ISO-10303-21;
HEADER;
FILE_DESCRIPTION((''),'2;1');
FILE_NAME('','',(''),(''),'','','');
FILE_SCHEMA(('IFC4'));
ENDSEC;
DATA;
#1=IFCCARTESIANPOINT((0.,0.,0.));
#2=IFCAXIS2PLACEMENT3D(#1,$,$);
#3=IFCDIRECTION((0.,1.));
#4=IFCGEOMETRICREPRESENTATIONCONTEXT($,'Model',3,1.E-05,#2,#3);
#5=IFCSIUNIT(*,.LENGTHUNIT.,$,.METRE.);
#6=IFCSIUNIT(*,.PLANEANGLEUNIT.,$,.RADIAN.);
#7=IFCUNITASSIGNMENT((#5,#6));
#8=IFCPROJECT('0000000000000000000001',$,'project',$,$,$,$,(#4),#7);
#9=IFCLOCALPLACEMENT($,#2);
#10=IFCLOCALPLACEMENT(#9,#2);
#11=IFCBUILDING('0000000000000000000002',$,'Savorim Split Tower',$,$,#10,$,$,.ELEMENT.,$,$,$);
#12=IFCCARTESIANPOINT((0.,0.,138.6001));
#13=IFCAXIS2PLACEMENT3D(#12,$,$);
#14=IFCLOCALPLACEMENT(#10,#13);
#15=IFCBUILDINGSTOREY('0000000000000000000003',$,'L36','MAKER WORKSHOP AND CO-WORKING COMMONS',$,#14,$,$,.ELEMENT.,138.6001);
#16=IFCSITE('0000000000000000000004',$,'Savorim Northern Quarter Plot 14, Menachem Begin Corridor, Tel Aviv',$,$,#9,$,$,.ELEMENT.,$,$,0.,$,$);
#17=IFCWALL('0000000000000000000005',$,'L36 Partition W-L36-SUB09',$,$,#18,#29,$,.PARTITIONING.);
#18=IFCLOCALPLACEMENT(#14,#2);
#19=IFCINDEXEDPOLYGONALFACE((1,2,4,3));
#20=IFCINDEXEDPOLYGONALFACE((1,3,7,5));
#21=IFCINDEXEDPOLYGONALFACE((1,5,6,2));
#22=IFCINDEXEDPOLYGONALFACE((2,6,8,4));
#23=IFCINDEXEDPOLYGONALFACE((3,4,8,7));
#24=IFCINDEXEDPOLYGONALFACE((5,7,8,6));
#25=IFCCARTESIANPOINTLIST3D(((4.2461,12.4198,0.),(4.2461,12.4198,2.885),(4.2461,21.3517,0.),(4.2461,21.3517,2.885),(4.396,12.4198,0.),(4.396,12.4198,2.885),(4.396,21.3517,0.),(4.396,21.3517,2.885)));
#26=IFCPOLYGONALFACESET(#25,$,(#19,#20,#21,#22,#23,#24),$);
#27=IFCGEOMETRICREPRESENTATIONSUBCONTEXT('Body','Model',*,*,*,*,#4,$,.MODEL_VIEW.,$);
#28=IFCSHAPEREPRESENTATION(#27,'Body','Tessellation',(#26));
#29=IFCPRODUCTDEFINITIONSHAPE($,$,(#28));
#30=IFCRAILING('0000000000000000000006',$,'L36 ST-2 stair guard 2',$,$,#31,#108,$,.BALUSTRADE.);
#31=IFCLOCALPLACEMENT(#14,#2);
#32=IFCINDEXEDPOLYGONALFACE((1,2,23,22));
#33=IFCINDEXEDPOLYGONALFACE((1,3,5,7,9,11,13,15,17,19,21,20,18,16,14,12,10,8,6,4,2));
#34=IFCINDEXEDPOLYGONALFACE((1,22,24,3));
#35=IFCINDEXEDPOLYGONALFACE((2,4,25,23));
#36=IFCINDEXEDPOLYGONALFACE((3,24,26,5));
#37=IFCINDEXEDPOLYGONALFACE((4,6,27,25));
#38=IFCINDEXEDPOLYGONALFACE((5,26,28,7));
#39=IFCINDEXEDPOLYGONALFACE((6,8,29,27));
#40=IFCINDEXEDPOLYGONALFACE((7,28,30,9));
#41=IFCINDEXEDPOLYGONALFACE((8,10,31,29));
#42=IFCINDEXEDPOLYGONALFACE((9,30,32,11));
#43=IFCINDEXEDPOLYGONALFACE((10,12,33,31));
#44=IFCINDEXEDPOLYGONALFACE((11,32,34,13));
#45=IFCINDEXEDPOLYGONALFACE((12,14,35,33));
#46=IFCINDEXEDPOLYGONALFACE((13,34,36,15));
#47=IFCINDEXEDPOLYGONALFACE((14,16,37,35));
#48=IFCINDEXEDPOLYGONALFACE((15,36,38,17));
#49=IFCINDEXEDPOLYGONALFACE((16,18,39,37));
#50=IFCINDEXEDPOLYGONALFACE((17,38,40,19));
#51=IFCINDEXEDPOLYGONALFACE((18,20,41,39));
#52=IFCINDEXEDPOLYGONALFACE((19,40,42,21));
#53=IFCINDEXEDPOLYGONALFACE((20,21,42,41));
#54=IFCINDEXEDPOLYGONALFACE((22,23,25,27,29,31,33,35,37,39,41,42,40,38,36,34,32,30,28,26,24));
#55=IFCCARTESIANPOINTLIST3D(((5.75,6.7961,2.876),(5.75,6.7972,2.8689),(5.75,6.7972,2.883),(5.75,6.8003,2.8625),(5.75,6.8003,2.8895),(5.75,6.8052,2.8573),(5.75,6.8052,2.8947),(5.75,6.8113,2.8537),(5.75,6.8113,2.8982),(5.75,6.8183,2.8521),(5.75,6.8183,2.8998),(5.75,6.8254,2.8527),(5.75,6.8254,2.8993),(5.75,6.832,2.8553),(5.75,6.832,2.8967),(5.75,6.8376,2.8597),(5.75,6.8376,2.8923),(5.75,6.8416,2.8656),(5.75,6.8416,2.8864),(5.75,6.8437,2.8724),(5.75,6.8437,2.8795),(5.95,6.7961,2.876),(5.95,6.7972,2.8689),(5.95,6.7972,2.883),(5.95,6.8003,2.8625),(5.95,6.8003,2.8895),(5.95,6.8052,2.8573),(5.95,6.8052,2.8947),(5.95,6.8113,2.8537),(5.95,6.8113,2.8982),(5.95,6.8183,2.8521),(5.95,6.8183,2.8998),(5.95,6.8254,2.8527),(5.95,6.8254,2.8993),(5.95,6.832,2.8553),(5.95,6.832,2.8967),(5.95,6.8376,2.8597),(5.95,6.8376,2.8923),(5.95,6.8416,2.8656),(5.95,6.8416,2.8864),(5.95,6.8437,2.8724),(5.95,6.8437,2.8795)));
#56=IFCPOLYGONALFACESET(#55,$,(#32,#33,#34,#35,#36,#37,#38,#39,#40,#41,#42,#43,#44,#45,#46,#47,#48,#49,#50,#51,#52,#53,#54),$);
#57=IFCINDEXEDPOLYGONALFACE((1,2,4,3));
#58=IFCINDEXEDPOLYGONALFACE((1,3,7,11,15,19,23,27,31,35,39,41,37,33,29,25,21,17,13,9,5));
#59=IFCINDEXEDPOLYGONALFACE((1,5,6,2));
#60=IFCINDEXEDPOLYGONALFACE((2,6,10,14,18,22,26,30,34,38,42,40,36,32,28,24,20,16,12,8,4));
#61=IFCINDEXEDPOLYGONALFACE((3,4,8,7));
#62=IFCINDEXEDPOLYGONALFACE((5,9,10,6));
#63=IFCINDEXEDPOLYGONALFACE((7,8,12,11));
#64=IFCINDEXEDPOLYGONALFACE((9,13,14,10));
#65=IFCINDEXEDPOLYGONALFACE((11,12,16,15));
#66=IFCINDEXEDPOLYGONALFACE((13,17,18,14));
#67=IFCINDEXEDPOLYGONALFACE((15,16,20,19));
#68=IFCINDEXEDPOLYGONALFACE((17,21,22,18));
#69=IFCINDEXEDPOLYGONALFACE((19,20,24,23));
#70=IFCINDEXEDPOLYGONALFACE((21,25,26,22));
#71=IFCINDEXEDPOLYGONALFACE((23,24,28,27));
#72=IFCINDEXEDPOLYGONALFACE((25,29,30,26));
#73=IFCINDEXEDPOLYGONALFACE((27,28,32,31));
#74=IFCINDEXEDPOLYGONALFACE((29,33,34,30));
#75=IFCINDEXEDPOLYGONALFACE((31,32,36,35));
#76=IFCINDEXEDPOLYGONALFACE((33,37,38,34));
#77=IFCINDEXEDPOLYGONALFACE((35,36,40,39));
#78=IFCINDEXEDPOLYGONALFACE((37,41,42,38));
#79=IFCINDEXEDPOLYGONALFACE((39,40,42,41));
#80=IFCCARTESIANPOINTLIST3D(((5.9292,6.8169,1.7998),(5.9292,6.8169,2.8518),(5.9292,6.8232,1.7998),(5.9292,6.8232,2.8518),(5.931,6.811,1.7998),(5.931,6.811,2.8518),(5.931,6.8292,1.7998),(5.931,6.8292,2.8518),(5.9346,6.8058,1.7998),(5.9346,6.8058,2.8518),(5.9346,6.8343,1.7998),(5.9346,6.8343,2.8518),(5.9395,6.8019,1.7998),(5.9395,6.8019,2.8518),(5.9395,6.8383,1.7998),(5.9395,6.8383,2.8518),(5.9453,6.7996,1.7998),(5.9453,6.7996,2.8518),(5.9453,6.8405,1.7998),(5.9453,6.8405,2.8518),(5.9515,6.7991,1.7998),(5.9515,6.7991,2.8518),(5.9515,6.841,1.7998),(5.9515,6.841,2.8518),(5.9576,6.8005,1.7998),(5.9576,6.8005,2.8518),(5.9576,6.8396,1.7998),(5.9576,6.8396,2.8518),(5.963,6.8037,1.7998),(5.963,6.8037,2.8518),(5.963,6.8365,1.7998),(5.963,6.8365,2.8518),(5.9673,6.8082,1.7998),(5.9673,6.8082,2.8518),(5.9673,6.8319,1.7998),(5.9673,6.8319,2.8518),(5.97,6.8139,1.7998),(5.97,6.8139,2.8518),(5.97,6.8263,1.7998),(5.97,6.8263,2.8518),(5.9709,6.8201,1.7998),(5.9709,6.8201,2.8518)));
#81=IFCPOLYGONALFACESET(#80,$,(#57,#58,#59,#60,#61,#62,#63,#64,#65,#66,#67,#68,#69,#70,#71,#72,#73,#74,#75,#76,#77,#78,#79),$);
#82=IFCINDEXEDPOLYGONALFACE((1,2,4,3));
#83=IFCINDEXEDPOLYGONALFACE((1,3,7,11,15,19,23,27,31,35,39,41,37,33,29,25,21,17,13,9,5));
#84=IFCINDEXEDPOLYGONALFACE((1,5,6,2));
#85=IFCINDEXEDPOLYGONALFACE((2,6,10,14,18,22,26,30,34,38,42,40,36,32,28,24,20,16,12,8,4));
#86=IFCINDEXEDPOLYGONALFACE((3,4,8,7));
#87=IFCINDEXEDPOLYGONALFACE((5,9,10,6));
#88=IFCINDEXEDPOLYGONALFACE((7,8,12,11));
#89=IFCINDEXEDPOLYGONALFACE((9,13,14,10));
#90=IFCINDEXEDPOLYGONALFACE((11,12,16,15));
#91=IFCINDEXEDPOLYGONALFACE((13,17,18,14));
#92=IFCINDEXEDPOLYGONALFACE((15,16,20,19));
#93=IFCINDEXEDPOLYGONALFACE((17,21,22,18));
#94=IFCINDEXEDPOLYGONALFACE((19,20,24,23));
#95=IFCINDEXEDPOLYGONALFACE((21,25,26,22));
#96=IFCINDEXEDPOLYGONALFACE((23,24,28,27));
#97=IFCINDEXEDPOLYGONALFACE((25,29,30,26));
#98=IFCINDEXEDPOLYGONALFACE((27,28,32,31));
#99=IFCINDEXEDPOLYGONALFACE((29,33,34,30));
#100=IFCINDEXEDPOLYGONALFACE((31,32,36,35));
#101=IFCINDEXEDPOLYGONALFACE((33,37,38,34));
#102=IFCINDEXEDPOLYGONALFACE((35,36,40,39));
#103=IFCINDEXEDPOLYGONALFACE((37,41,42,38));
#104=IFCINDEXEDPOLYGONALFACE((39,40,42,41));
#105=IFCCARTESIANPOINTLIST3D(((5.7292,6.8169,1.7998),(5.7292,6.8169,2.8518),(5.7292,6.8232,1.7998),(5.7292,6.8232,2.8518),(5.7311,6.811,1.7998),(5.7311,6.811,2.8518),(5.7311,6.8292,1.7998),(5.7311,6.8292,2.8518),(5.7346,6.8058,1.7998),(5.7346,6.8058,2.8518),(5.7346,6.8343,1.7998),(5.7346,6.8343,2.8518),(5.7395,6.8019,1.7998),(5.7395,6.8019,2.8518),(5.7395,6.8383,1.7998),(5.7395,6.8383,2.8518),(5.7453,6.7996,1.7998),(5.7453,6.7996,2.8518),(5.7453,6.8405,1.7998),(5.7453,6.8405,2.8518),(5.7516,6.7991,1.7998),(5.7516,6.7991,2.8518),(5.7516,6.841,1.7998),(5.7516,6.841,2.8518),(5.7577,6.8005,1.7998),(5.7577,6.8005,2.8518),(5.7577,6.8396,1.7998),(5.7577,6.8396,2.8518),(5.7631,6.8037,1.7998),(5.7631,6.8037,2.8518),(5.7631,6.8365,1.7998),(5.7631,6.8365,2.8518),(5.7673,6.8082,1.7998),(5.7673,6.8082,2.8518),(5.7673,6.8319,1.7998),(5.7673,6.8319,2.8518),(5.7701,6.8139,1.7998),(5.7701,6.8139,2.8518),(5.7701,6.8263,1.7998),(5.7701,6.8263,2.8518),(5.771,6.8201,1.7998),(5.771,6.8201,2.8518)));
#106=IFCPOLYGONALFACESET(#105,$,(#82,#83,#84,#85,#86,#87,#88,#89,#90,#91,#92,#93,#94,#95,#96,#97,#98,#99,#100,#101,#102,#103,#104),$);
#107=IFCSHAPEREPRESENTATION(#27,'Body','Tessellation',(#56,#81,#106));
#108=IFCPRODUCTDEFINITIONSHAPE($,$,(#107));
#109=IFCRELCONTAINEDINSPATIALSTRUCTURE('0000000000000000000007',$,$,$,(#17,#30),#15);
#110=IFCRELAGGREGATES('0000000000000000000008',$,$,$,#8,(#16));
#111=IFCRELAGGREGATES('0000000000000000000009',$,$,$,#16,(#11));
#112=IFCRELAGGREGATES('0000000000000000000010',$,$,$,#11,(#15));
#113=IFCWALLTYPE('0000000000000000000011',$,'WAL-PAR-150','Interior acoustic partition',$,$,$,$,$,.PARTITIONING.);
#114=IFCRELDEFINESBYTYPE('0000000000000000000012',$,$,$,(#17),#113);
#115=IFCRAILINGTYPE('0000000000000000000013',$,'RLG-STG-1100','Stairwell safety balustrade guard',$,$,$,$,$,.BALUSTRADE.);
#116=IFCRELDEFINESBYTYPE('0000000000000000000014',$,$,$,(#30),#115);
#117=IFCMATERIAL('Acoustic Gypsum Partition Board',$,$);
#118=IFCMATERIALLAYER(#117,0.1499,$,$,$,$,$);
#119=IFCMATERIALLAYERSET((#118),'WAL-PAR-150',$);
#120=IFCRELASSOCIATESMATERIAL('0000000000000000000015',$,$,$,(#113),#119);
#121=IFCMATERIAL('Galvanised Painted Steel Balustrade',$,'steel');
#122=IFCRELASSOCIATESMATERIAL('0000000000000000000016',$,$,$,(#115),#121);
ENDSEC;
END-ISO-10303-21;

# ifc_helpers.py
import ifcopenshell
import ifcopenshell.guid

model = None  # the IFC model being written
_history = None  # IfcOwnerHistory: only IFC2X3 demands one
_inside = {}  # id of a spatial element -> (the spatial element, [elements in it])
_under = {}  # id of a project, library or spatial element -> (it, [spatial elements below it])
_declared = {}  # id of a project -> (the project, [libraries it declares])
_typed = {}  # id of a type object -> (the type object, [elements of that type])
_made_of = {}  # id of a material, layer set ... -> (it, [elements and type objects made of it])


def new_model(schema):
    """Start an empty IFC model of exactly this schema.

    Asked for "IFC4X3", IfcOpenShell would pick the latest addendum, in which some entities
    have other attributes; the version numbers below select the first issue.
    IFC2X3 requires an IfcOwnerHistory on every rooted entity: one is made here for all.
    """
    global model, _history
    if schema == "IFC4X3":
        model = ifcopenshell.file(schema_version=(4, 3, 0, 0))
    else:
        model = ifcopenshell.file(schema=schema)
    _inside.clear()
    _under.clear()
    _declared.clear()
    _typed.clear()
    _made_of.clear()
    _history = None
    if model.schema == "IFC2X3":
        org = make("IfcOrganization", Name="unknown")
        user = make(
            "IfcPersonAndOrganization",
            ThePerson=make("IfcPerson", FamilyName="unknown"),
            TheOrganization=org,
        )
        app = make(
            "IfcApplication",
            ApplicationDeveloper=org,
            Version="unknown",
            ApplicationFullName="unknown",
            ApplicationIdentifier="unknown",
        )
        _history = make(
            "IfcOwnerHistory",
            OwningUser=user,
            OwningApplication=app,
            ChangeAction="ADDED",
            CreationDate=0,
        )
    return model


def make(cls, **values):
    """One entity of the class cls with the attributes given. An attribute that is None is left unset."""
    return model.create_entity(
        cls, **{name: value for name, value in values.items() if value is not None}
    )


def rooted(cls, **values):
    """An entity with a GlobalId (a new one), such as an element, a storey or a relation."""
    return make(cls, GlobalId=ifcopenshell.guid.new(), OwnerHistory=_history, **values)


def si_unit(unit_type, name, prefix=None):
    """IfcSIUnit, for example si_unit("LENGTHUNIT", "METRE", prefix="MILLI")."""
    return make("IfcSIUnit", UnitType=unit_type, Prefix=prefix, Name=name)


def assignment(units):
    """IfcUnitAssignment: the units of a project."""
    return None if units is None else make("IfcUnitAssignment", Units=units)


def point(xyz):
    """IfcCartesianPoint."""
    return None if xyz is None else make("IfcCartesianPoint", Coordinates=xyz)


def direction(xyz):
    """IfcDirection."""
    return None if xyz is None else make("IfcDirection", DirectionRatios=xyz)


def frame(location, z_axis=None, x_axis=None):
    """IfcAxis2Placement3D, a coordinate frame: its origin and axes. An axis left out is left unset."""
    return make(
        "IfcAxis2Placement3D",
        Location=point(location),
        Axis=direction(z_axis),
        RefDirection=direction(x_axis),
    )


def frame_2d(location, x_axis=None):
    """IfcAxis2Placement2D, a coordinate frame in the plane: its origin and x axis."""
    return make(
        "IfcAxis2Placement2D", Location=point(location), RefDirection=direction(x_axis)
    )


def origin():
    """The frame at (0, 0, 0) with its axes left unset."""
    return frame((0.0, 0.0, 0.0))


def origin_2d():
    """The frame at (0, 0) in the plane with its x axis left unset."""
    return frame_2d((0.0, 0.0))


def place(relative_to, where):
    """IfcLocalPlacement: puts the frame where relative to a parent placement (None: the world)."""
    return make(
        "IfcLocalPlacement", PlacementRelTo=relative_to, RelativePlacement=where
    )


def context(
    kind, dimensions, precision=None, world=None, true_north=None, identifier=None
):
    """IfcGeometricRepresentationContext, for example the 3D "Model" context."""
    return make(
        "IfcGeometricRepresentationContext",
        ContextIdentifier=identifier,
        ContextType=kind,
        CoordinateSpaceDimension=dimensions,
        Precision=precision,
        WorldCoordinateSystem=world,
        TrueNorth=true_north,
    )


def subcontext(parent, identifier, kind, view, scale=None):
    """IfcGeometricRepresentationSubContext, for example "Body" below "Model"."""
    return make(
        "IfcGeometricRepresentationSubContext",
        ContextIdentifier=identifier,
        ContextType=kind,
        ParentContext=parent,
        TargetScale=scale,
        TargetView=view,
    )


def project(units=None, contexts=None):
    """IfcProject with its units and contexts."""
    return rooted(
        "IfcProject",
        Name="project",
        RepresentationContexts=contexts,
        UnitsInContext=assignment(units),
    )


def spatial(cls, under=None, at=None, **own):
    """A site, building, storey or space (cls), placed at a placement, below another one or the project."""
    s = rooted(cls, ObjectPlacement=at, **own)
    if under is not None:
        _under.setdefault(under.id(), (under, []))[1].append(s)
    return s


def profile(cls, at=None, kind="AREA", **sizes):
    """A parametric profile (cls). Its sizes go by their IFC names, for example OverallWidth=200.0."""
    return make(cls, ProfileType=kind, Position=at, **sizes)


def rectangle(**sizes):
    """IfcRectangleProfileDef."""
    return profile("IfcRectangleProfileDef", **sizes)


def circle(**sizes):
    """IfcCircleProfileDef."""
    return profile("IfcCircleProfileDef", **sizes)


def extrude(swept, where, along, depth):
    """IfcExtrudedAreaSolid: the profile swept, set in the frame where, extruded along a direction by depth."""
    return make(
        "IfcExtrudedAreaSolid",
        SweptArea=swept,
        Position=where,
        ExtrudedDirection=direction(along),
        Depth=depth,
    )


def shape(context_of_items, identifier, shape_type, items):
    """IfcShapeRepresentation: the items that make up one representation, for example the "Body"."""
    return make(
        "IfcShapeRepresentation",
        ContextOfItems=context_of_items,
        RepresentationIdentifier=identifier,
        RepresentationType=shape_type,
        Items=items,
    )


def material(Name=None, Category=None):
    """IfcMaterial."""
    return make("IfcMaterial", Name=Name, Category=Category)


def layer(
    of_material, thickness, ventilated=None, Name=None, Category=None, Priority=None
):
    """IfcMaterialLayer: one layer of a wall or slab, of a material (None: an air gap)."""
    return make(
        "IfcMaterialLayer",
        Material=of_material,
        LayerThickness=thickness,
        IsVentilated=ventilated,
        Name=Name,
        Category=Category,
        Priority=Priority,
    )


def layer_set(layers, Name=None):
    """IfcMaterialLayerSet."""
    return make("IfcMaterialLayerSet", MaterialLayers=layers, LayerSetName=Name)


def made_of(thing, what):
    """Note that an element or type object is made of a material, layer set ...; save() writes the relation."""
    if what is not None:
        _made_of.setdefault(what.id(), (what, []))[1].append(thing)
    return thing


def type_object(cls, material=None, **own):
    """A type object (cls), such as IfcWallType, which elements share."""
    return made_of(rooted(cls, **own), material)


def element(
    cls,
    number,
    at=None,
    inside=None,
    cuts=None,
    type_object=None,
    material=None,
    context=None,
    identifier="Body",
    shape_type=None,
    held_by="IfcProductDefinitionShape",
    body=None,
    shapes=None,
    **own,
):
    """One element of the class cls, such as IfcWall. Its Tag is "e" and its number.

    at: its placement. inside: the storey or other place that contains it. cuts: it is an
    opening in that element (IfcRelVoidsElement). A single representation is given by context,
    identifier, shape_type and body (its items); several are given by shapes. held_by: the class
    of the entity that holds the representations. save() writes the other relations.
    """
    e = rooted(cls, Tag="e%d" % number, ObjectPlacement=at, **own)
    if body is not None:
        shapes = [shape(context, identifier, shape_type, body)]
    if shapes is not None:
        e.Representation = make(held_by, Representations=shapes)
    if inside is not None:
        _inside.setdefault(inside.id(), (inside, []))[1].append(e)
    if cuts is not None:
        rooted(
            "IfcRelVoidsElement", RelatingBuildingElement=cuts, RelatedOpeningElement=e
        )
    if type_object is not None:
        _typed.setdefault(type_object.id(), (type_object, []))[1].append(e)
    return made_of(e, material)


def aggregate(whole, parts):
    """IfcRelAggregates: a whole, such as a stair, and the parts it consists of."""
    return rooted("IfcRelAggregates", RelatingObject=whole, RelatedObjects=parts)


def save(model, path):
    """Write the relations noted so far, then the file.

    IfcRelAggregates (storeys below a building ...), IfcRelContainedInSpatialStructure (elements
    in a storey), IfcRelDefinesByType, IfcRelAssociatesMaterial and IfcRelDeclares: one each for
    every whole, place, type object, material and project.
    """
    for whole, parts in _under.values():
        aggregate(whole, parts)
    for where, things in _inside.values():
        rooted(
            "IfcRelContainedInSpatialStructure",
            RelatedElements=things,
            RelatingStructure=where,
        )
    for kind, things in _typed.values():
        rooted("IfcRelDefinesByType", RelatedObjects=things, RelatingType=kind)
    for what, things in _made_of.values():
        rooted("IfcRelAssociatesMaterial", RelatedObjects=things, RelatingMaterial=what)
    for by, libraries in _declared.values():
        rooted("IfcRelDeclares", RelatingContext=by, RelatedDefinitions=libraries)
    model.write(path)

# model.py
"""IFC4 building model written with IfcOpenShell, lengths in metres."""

from ifc_helpers import new_model, si_unit, direction, frame, frame_2d, origin, origin_2d, place, context, subcontext, project, spatial, rectangle, circle, extrude, material, layer, layer_set, type_object, element, save


model = new_model("IFC4")

# Units and contexts
model_context = context("Model", 3, precision=1e-05, world=origin(), true_north=direction((0.0, 1.0)))
body_context = subcontext(model_context, "Body", "Model", "MODEL_VIEW")
ifc_project = project(units=[si_unit("LENGTHUNIT", "METRE"), si_unit("PLANEANGLEUNIT", "RADIAN")], contexts=[model_context])

# Site, building, storey
site_placement = place(None, origin())
site = spatial("IfcSite", under=ifc_project, at=site_placement, Name="Savorim Northern Quarter Plot 14, Menachem Begin Corridor, Tel Aviv", CompositionType="ELEMENT", RefElevation=0.0)
building_placement = place(site_placement, origin())
building = spatial("IfcBuilding", under=site, at=building_placement, Name="Savorim Split Tower", CompositionType="ELEMENT")
storey_placement = place(building_placement, frame((0.0, 0.0, 138.6001)))
storey = spatial("IfcBuildingStorey", under=building, at=storey_placement, Name="L36", Description="MAKER WORKSHOP AND CO-WORKING COMMONS", CompositionType="ELEMENT", Elevation=138.6001)

# Shared definitions
ifc_material_1 = material(Name="Acoustic Gypsum Partition Board")
ifc_layer_1 = layer(ifc_material_1, 0.1499)
ifc_layer_set_1 = layer_set([ifc_layer_1], Name="WAL-PAR-150")
wall_type_1 = type_object("IfcWallType", Name="WAL-PAR-150", Description="Interior acoustic partition", PredefinedType="PARTITIONING", material=ifc_layer_set_1)

# Wall
wall_1_placement = place(storey_placement, frame((4.321, 12.4199, 0.0), z_axis=(0.0, 0.0, 1.0), x_axis=(0.0, 1.0, 0.0)))
element("IfcWall", 1, at=wall_1_placement, inside=storey, type_object=wall_type_1, Name="L36 Partition W-L36-SUB09", PredefinedType="PARTITIONING", context=body_context, shape_type="SweptSolid", body=[
    extrude(rectangle(XDim=8.9319, YDim=0.1499, at=frame_2d((4.4658, 0.0))), origin(), (0.0, 0.0, 1.0), 2.885),
])

# Railing
ifc_material_2 = material(Name="Galvanised Painted Steel Balustrade", Category="steel")
railing_type = type_object("IfcRailingType", Name="RLG-STG-1100", Description="Stairwell safety balustrade guard", PredefinedType="BALUSTRADE", material=ifc_material_2)
railing_1_placement = place(storey_placement, frame((5.95, 6.8201, 1.7998)))
element("IfcRailing", 2, at=railing_1_placement, inside=storey, type_object=railing_type, Name="L36 ST-2 stair guard 2", PredefinedType="BALUSTRADE", context=body_context, shape_type="SweptSolid", body=[
    extrude(circle(Radius=0.0239, at=origin_2d()), frame((0.0, 0.0, 1.0762), z_axis=(-1.0, 0.0, 0.0), x_axis=(0.0, -1.0, 0.0)), (0.0, 0.0, 1.0), 0.2),
    extrude(circle(Radius=0.021, at=origin_2d()), origin(), (0.0, 0.0, 1.0), 1.052),
    extrude(circle(Radius=0.021, at=origin_2d()), frame((-0.2, 0.0, 0.0)), (0.0, 0.0, 1.0), 1.052),
])

save(model, "model.ifc")
